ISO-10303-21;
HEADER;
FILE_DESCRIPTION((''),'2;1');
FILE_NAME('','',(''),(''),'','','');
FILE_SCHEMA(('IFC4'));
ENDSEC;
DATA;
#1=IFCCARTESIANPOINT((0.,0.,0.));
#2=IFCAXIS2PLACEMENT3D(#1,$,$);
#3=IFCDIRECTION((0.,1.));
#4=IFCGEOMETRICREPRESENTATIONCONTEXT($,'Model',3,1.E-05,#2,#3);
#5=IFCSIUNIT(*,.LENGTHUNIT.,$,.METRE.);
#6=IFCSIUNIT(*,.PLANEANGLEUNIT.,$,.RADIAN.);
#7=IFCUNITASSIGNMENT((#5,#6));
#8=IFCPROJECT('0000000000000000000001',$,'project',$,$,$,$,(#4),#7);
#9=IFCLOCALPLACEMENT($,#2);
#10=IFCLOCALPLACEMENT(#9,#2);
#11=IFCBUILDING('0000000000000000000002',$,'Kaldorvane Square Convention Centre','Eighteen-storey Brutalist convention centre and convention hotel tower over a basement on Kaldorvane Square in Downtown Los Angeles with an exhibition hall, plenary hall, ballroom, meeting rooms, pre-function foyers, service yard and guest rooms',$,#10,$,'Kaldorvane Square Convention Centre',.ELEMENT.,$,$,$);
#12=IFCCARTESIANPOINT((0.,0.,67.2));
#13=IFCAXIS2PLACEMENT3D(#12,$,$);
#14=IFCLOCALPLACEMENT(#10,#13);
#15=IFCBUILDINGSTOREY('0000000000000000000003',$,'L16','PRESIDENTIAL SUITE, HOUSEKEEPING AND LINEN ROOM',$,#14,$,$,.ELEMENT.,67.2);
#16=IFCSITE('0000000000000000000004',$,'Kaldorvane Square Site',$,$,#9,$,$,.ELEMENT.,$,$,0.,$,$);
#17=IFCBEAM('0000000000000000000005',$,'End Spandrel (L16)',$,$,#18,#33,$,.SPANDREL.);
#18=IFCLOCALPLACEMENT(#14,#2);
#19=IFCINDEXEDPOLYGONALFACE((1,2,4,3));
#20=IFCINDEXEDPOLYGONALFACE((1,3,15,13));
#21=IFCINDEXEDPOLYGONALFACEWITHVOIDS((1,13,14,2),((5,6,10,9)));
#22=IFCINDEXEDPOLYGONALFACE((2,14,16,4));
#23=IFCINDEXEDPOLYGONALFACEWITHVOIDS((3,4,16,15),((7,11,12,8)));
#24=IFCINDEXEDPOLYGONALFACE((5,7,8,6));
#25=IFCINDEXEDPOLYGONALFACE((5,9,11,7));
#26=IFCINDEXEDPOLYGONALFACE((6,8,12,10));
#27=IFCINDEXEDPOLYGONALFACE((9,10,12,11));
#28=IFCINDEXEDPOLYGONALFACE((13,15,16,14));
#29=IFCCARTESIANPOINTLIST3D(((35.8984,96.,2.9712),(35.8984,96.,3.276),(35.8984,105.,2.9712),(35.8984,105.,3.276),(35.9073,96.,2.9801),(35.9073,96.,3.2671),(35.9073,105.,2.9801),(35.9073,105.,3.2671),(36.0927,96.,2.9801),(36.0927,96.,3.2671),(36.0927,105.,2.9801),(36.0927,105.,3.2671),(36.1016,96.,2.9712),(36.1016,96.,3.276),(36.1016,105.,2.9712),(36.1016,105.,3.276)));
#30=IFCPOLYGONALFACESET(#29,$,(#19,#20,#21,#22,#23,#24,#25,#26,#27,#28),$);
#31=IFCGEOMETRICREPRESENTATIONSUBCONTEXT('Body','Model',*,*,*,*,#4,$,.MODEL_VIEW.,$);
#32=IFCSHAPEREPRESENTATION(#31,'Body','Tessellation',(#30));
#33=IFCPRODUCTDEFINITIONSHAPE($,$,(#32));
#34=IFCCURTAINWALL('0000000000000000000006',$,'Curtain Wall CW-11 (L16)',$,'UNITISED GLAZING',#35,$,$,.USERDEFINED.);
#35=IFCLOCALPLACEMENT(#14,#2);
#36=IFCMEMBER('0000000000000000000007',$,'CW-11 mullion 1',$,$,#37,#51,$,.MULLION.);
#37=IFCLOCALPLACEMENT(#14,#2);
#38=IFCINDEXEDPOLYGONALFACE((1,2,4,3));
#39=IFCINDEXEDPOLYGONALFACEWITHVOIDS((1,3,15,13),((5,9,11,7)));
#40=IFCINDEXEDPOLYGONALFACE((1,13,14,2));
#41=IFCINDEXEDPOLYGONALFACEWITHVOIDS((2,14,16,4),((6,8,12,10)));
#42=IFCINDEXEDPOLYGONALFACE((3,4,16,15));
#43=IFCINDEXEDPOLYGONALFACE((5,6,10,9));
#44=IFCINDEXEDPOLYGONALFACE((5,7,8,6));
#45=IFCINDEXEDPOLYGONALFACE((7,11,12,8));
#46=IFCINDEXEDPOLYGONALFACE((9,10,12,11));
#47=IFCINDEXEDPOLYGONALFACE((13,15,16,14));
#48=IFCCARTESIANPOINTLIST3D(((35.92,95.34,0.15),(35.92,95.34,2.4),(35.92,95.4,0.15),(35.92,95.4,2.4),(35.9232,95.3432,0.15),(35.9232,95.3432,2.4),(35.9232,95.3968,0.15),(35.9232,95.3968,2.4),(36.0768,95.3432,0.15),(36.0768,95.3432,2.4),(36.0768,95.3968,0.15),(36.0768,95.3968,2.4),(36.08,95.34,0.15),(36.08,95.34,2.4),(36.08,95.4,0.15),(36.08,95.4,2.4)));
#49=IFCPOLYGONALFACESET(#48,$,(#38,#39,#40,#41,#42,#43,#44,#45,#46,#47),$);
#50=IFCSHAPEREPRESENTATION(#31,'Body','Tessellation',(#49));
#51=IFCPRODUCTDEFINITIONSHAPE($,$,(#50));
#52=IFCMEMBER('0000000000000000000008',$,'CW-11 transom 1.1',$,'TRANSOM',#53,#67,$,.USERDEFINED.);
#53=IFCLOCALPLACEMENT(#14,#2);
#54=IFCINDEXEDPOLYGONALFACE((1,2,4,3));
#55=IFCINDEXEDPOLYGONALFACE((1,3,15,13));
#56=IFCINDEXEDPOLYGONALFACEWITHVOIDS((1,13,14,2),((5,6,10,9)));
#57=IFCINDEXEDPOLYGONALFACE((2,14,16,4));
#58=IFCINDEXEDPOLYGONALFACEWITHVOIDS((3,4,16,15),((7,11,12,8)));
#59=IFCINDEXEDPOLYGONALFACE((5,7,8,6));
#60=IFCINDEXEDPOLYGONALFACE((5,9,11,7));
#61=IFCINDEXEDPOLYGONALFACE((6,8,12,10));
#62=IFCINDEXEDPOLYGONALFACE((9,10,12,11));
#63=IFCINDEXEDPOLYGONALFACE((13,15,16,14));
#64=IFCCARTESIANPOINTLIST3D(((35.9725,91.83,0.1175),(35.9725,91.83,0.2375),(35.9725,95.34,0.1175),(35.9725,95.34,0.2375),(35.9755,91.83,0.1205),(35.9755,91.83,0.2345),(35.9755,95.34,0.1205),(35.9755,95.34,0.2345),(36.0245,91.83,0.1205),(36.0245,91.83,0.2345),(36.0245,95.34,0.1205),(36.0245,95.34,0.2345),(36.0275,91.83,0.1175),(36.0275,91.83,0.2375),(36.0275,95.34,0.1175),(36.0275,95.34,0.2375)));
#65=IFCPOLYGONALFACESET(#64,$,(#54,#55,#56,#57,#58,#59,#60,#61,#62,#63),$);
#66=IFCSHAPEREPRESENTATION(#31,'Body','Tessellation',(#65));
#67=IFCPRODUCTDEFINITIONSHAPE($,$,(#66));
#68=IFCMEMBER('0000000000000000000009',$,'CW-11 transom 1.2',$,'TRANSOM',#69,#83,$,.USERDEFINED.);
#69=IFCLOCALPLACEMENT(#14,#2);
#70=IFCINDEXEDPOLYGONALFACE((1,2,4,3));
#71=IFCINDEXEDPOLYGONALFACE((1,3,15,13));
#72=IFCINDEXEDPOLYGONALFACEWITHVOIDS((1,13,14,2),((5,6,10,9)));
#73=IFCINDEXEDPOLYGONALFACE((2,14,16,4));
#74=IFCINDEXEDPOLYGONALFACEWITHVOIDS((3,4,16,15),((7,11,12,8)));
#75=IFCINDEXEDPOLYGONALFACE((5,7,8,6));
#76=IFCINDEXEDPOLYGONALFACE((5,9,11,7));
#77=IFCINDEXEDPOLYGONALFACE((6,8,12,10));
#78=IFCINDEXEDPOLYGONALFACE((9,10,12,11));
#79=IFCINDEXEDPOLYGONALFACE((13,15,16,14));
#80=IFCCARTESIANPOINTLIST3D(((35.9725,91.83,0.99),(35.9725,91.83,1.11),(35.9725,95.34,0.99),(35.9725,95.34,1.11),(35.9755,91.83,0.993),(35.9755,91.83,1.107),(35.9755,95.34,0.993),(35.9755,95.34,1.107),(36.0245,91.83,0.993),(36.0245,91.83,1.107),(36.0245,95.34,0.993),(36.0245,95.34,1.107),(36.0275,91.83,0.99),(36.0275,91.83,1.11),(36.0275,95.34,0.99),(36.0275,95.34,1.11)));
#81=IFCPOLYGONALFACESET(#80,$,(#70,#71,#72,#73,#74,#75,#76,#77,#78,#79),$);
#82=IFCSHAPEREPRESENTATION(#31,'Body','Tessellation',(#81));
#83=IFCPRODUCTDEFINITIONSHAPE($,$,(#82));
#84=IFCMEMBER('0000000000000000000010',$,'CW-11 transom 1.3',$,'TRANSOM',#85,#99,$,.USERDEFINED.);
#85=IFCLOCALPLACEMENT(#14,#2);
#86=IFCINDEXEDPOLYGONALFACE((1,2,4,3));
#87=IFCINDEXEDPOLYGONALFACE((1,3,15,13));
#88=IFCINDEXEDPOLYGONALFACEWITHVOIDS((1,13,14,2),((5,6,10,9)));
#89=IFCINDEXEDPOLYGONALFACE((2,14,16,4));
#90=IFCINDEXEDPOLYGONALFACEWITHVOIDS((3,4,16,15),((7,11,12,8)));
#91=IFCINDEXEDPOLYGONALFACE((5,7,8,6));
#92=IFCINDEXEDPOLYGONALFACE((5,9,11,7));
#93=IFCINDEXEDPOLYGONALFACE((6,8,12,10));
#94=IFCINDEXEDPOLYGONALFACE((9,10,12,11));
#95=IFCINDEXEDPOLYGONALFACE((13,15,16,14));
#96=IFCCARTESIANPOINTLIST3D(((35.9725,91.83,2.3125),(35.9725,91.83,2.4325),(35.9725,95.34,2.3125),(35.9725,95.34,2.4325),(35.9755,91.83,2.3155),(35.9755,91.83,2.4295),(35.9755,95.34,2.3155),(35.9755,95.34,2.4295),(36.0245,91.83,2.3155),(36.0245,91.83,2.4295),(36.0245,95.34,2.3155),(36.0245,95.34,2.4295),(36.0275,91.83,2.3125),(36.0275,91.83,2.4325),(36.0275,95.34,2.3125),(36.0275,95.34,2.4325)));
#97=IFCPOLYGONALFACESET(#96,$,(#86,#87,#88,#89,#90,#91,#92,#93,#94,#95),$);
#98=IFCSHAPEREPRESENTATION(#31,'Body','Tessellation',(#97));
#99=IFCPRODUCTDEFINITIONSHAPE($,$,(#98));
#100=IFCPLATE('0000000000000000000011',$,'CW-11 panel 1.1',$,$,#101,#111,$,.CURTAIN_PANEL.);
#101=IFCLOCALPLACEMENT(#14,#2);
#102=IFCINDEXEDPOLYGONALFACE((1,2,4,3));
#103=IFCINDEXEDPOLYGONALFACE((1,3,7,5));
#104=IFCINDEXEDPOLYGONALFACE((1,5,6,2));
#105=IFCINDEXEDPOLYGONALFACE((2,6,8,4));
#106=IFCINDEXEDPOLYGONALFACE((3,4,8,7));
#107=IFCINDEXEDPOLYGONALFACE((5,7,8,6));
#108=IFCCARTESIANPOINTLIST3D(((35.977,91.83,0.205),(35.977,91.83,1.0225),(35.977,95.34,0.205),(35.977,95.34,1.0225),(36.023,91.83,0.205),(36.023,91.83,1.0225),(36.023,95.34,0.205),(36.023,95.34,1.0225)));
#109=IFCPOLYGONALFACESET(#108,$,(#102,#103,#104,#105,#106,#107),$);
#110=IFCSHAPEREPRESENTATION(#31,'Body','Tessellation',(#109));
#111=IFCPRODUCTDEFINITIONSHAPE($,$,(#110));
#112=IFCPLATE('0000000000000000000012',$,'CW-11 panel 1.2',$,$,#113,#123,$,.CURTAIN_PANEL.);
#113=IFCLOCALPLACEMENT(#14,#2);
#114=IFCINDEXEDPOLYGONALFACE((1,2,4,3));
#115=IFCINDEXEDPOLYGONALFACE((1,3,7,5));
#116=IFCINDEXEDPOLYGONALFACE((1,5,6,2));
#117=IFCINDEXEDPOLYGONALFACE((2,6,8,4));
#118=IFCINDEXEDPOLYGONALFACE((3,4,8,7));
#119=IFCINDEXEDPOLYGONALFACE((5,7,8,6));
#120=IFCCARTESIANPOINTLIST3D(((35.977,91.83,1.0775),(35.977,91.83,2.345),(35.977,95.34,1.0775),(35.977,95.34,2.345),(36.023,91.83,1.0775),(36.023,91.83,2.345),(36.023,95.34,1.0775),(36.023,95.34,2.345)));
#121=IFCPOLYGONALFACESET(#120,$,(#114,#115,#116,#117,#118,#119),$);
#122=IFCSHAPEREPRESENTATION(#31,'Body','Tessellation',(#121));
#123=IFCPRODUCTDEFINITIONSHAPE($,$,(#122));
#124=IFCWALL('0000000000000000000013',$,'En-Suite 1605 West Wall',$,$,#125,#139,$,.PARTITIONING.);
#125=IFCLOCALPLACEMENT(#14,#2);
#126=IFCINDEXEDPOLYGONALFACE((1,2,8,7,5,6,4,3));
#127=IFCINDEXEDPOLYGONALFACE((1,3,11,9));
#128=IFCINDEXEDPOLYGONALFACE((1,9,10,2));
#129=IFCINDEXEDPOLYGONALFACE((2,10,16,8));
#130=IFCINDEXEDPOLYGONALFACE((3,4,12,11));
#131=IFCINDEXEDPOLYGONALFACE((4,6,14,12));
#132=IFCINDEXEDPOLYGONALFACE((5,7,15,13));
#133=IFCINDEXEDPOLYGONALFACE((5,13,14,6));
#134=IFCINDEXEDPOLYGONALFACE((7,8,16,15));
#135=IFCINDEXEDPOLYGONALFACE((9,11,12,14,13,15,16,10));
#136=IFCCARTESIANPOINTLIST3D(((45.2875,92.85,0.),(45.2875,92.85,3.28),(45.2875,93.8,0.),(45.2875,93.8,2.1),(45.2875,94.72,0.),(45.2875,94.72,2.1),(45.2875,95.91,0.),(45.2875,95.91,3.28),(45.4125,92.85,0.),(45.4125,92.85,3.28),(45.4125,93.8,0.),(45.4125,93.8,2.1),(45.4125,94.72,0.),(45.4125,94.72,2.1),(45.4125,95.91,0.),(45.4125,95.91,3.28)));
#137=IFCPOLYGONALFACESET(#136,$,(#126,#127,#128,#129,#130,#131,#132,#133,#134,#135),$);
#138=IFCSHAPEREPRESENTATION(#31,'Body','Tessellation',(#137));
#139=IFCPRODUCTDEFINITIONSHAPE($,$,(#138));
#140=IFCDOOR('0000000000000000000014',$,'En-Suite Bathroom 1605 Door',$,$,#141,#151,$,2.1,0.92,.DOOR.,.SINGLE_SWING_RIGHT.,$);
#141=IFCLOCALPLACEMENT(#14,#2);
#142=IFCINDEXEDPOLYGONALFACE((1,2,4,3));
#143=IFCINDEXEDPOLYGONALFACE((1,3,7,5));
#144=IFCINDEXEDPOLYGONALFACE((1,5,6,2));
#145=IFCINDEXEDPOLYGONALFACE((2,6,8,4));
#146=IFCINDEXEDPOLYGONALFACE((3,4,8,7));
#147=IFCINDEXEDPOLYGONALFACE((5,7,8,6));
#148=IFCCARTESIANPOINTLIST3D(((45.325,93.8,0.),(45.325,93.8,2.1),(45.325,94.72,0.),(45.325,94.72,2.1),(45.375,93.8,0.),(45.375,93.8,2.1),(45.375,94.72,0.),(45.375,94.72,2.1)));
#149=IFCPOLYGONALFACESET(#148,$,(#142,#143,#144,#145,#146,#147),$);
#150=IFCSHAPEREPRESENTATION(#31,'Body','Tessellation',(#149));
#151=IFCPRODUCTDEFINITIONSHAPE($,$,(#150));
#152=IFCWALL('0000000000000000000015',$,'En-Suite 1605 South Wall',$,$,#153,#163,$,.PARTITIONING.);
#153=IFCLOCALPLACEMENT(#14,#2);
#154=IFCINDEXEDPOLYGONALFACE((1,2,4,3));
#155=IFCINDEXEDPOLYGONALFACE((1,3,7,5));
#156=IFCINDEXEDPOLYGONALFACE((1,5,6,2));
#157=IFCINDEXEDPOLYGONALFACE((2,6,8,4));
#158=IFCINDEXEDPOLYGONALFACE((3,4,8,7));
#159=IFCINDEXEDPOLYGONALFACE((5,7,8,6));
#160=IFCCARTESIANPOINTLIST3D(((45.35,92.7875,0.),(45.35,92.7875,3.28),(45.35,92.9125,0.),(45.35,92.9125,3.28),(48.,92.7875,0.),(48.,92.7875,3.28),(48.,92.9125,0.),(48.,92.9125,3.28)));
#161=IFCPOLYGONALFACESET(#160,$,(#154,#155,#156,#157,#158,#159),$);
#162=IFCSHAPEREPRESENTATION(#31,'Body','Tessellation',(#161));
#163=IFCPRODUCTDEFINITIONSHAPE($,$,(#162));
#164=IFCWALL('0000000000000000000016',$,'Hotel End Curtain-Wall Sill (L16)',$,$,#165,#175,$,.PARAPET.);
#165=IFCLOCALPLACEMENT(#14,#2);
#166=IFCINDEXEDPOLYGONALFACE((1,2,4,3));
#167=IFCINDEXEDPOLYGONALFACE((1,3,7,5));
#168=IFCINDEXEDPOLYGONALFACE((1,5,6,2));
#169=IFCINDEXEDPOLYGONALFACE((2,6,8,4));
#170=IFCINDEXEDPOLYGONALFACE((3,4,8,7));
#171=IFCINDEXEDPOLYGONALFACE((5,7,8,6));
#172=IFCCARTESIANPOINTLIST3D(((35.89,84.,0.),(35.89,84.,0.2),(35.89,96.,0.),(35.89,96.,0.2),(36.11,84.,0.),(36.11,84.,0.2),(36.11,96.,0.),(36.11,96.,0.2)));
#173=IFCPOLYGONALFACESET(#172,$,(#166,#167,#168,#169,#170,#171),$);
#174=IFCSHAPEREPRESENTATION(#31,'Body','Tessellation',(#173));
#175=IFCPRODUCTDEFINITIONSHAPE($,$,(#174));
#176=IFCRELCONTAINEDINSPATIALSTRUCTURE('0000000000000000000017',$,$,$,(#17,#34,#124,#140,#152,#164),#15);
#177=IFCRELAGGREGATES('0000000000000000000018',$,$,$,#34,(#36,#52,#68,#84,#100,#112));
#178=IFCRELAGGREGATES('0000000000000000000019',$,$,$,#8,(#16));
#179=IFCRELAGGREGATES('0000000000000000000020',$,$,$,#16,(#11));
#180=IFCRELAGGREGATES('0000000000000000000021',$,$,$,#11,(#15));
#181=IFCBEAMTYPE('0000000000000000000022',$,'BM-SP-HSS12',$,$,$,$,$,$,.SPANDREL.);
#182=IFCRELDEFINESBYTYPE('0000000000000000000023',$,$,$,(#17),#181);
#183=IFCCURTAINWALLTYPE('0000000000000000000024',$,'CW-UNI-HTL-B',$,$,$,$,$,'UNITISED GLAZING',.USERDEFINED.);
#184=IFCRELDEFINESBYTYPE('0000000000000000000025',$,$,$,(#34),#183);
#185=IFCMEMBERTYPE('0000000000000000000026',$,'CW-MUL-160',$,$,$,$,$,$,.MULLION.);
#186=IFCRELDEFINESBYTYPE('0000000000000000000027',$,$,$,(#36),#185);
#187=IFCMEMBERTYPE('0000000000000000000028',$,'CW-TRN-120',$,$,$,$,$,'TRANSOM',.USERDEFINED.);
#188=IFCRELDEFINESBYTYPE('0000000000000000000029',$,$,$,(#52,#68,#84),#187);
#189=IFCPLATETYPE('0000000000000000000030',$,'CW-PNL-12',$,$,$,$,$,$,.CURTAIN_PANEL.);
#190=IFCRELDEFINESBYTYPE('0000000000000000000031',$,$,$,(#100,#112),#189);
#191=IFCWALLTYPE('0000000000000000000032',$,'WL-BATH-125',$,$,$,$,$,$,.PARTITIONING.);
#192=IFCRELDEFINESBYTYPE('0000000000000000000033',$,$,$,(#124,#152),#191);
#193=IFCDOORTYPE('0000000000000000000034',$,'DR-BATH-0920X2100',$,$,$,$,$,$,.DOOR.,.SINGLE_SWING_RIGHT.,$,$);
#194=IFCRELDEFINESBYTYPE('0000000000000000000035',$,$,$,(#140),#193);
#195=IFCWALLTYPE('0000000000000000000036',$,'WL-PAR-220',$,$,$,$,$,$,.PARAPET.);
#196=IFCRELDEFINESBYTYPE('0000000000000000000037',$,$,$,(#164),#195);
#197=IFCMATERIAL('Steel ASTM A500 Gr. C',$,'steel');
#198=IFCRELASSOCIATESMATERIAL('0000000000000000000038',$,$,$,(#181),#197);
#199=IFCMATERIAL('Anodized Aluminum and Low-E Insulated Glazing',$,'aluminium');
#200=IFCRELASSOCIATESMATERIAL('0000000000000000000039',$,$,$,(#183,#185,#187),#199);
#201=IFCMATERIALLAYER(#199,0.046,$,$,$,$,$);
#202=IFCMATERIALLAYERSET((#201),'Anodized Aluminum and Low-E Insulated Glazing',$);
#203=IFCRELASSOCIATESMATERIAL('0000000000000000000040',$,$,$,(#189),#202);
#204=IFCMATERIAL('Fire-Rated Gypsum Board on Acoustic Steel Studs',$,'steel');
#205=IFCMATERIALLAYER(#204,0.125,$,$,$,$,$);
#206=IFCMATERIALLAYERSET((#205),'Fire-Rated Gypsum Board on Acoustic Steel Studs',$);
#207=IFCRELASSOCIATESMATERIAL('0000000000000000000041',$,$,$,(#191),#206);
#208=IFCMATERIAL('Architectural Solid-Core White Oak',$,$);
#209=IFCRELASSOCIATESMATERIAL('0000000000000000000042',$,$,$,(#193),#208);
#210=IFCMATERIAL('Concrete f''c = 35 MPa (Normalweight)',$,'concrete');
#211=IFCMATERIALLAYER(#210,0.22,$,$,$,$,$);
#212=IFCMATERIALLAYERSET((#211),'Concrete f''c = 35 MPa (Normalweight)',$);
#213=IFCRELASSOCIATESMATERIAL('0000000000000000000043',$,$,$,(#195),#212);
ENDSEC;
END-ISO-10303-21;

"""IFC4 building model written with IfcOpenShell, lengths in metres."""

from ifc_helpers import new_model, si_unit, direction, frame, frame_2d, origin, origin_2d, place, context, subcontext, project, spatial, rectangle, hollow_rectangle, extrude, material, layer, layer_set, material_profile, profile_set, type_object, element, fill, aggregate, save


model = new_model("IFC4")

# Units and contexts
model_context = context("Model", 3, precision=1e-05, world=origin(), true_north=direction((0.0, 1.0)))
body_context = subcontext(model_context, "Body", "Model", "MODEL_VIEW")
ifc_project = project(units=[si_unit("LENGTHUNIT", "METRE"), si_unit("PLANEANGLEUNIT", "RADIAN")], contexts=[model_context])

# Site, building, storey
site_placement = place(None, origin())
site = spatial("IfcSite", under=ifc_project, at=site_placement, Name="Kaldorvane Square Site", CompositionType="ELEMENT", RefElevation=0.0)
building_placement = place(site_placement, origin())
building = spatial("IfcBuilding", under=site, at=building_placement, Name="Kaldorvane Square Convention Centre", Description="Eighteen-storey Brutalist convention centre and convention hotel tower over a basement on Kaldorvane Square in Downtown Los Angeles with an exhibition hall, plenary hall, ballroom, meeting rooms, pre-function foyers, service yard and guest rooms", LongName="Kaldorvane Square Convention Centre", CompositionType="ELEMENT")
storey_placement = place(building_placement, frame((0.0, 0.0, 67.2)))
storey = spatial("IfcBuildingStorey", under=building, at=storey_placement, Name="L16", Description="PRESIDENTIAL SUITE, HOUSEKEEPING AND LINEN ROOM", CompositionType="ELEMENT", Elevation=67.2)

# Beam
ifc_material_1 = material(Name="Steel ASTM A500 Gr. C", Category="steel")
ifc_material_profile_1 = material_profile(ifc_material_1, hollow_rectangle(XDim=0.2032, YDim=0.3048, WallThickness=0.0089, at=origin_2d()), Name="HSS12X8X3/8")
ifc_profile_set_1 = profile_set([ifc_material_profile_1], Name="Steel ASTM A500 Gr. C")
beam_type_1 = type_object("IfcBeamType", Name="BM-SP-HSS12", PredefinedType="SPANDREL", material=ifc_profile_set_1)
beam_1_placement = place(storey_placement, frame((36.0, 96.0, 3.1236), z_axis=(0.0, 1.0, 0.0), x_axis=(-1.0, 0.0, 0.0)))
element("IfcBeam", 1, at=beam_1_placement, inside=storey, type_object=beam_type_1, Name="End Spandrel (L16)", PredefinedType="SPANDREL", context=body_context, shape_type="SweptSolid", body=[
    extrude(hollow_rectangle(XDim=0.2032, YDim=0.3048, WallThickness=0.0089, at=origin_2d()), origin(), (0.0, 0.0, 1.0), 9.0),
])

# Curtain wall, members, plates
ifc_material_2 = material(Name="Anodized Aluminum and Low-E Insulated Glazing", Category="aluminium")
curtain_wall_type = type_object("IfcCurtainWallType", Name="CW-UNI-HTL-B", ElementType="UNITISED GLAZING", PredefinedType="USERDEFINED", material=ifc_material_2)
curtain_wall_placement = place(storey_placement, origin())
curtain_wall = element("IfcCurtainWall", 2, at=curtain_wall_placement, inside=storey, type_object=curtain_wall_type, Name="Curtain Wall CW-11 (L16)", ObjectType="UNITISED GLAZING", PredefinedType="USERDEFINED")
ifc_material_profile_2 = material_profile(ifc_material_2, hollow_rectangle(XDim=0.06, YDim=0.16, WallThickness=0.0032, at=origin_2d()), Name="CWM-160X60")
ifc_profile_set_2 = profile_set([ifc_material_profile_2], Name="Anodized Aluminum and Low-E Insulated Glazing")
member_type_1 = type_object("IfcMemberType", Name="CW-MUL-160", PredefinedType="MULLION", material=ifc_profile_set_2)
member_1_placement = place(storey_placement, frame((36.0, 95.37, 0.15), z_axis=(0.0, 0.0, 1.0), x_axis=(0.0, -1.0, 0.0)))
member_1 = element("IfcMember", 3, at=member_1_placement, type_object=member_type_1, Name="CW-11 mullion 1", PredefinedType="MULLION", context=body_context, shape_type="SweptSolid", body=[
    extrude(hollow_rectangle(XDim=0.06, YDim=0.16, WallThickness=0.0032, at=origin_2d()), origin(), (0.0, 0.0, 1.0), 2.25),
])
ifc_material_profile_3 = material_profile(ifc_material_2, hollow_rectangle(XDim=0.055, YDim=0.12, WallThickness=0.003, at=origin_2d()), Name="CWT-120X55")
ifc_profile_set_3 = profile_set([ifc_material_profile_3], Name="Anodized Aluminum and Low-E Insulated Glazing")
member_type_2 = type_object("IfcMemberType", Name="CW-TRN-120", ElementType="TRANSOM", PredefinedType="USERDEFINED", material=ifc_profile_set_3)
member_2_placement = place(storey_placement, frame((36.0, 95.34, 0.1775), z_axis=(0.0, -1.0, 0.0), x_axis=(1.0, 0.0, 0.0)))
member_2 = element("IfcMember", 4, at=member_2_placement, type_object=member_type_2, Name="CW-11 transom 1.1", ObjectType="TRANSOM", PredefinedType="USERDEFINED", context=body_context, shape_type="SweptSolid", body=[
    extrude(hollow_rectangle(XDim=0.055, YDim=0.12, WallThickness=0.003, at=origin_2d()), origin(), (0.0, 0.0, 1.0), 3.51),
])
member_3_placement = place(storey_placement, frame((36.0, 95.34, 1.05), z_axis=(0.0, -1.0, 0.0), x_axis=(1.0, 0.0, 0.0)))
member_3 = element("IfcMember", 5, at=member_3_placement, type_object=member_type_2, Name="CW-11 transom 1.2", ObjectType="TRANSOM", PredefinedType="USERDEFINED", context=body_context, shape_type="SweptSolid", body=[
    extrude(hollow_rectangle(XDim=0.055, YDim=0.12, WallThickness=0.003, at=origin_2d()), origin(), (0.0, 0.0, 1.0), 3.51),
])
member_4_placement = place(storey_placement, frame((36.0, 95.34, 2.3725), z_axis=(0.0, -1.0, 0.0), x_axis=(1.0, 0.0, 0.0)))
member_4 = element("IfcMember", 6, at=member_4_placement, type_object=member_type_2, Name="CW-11 transom 1.3", ObjectType="TRANSOM", PredefinedType="USERDEFINED", context=body_context, shape_type="SweptSolid", body=[
    extrude(hollow_rectangle(XDim=0.055, YDim=0.12, WallThickness=0.003, at=origin_2d()), origin(), (0.0, 0.0, 1.0), 3.51),
])
ifc_layer_1 = layer(ifc_material_2, 0.046)
ifc_layer_set_1 = layer_set([ifc_layer_1], Name="Anodized Aluminum and Low-E Insulated Glazing")
plate_type = type_object("IfcPlateType", Name="CW-PNL-12", PredefinedType="CURTAIN_PANEL", material=ifc_layer_set_1)
plate_1_placement = place(storey_placement, frame((36.0, 93.585, 0.205), z_axis=(0.0, 0.0, 1.0), x_axis=(0.0, -1.0, 0.0)))
plate_1 = element("IfcPlate", 7, at=plate_1_placement, type_object=plate_type, Name="CW-11 panel 1.1", PredefinedType="CURTAIN_PANEL", context=body_context, shape_type="SweptSolid", body=[
    extrude(rectangle(XDim=3.51, YDim=0.046, at=origin_2d()), origin(), (0.0, 0.0, 1.0), 0.8175),
])
plate_2_placement = place(storey_placement, frame((36.0, 93.585, 1.0775), z_axis=(0.0, 0.0, 1.0), x_axis=(0.0, -1.0, 0.0)))
plate_2 = element("IfcPlate", 8, at=plate_2_placement, type_object=plate_type, Name="CW-11 panel 1.2", PredefinedType="CURTAIN_PANEL", context=body_context, shape_type="SweptSolid", body=[
    extrude(rectangle(XDim=3.51, YDim=0.046, at=origin_2d()), origin(), (0.0, 0.0, 1.0), 1.2675),
])
aggregate(curtain_wall, [member_1, member_2, member_3, member_4, plate_1, plate_2])

# Wall, opening, door
ifc_material_3 = material(Name="Fire-Rated Gypsum Board on Acoustic Steel Studs", Category="steel")
ifc_layer_2 = layer(ifc_material_3, 0.125)
ifc_layer_set_2 = layer_set([ifc_layer_2], Name="Fire-Rated Gypsum Board on Acoustic Steel Studs")
wall_type_1 = type_object("IfcWallType", Name="WL-BATH-125", PredefinedType="PARTITIONING", material=ifc_layer_set_2)
wall_1_placement = place(storey_placement, frame((45.35, 92.85, 0.0), z_axis=(0.0, 0.0, 1.0), x_axis=(0.0, 1.0, 0.0)))
wall_1 = element("IfcWall", 9, at=wall_1_placement, inside=storey, type_object=wall_type_1, Name="En-Suite 1605 West Wall", PredefinedType="PARTITIONING", context=body_context, shape_type="SweptSolid", body=[
    extrude(rectangle(XDim=3.06, YDim=0.125, at=frame_2d((1.53, 0.0))), origin(), (0.0, 0.0, 1.0), 3.28),
])
opening_1_placement = place(wall_1_placement, frame((0.95, 0.0, 0.0)))
opening_1 = element("IfcOpeningElement", 10, at=opening_1_placement, cuts=wall_1, PredefinedType="OPENING", context=body_context, shape_type="SweptSolid", body=[
    extrude(rectangle(XDim=0.92, YDim=2.1, at=frame_2d((0.46, 1.05))), frame((0.0, 0.0775, 0.0), z_axis=(0.0, -1.0, 0.0), x_axis=(1.0, 0.0, 0.0)), (0.0, 0.0, 1.0), 0.155),
])
ifc_material_4 = material(Name="Architectural Solid-Core White Oak")
door_type_1 = type_object("IfcDoorType", Name="DR-BATH-0920X2100", OperationType="SINGLE_SWING_RIGHT", PredefinedType="DOOR", material=ifc_material_4)
door_1_placement = place(opening_1_placement, origin())
door_1 = element("IfcDoor", 11, at=door_1_placement, inside=storey, type_object=door_type_1, Name="En-Suite Bathroom 1605 Door", OperationType="SINGLE_SWING_RIGHT", OverallHeight=2.1, OverallWidth=0.92, PredefinedType="DOOR", context=body_context, shape_type="SweptSolid", body=[
    extrude(rectangle(XDim=0.92, YDim=2.1, at=frame_2d((0.46, 1.05))), frame((0.0, 0.025, 0.0), z_axis=(0.0, -1.0, 0.0), x_axis=(1.0, 0.0, 0.0)), (0.0, 0.0, 1.0), 0.05),
])
fill(opening_1, door_1)

# Walls
wall_2_placement = place(storey_placement, frame((45.35, 92.85, 0.0), z_axis=(0.0, 0.0, 1.0), x_axis=(1.0, 0.0, 0.0)))
element("IfcWall", 12, at=wall_2_placement, inside=storey, type_object=wall_type_1, Name="En-Suite 1605 South Wall", PredefinedType="PARTITIONING", context=body_context, shape_type="SweptSolid", body=[
    extrude(rectangle(XDim=2.65, YDim=0.125, at=frame_2d((1.325, 0.0))), origin(), (0.0, 0.0, 1.0), 3.28),
])
ifc_material_5 = material(Name="Concrete f'c = 35 MPa (Normalweight)", Category="concrete")
ifc_layer_3 = layer(ifc_material_5, 0.22)
ifc_layer_set_3 = layer_set([ifc_layer_3], Name="Concrete f'c = 35 MPa (Normalweight)")
wall_type_2 = type_object("IfcWallType", Name="WL-PAR-220", PredefinedType="PARAPET", material=ifc_layer_set_3)
wall_3_placement = place(storey_placement, frame((36.0, 96.0, 0.0), z_axis=(0.0, 0.0, 1.0), x_axis=(0.0, -1.0, 0.0)))
element("IfcWall", 13, at=wall_3_placement, inside=storey, type_object=wall_type_2, Name="Hotel End Curtain-Wall Sill (L16)", PredefinedType="PARAPET", context=body_context, shape_type="SweptSolid", body=[
    extrude(rectangle(XDim=12.0, YDim=0.22, at=frame_2d((6.0, 0.0))), origin(), (0.0, 0.0, 1.0), 0.2),
])

save(model, "model.ifc")
